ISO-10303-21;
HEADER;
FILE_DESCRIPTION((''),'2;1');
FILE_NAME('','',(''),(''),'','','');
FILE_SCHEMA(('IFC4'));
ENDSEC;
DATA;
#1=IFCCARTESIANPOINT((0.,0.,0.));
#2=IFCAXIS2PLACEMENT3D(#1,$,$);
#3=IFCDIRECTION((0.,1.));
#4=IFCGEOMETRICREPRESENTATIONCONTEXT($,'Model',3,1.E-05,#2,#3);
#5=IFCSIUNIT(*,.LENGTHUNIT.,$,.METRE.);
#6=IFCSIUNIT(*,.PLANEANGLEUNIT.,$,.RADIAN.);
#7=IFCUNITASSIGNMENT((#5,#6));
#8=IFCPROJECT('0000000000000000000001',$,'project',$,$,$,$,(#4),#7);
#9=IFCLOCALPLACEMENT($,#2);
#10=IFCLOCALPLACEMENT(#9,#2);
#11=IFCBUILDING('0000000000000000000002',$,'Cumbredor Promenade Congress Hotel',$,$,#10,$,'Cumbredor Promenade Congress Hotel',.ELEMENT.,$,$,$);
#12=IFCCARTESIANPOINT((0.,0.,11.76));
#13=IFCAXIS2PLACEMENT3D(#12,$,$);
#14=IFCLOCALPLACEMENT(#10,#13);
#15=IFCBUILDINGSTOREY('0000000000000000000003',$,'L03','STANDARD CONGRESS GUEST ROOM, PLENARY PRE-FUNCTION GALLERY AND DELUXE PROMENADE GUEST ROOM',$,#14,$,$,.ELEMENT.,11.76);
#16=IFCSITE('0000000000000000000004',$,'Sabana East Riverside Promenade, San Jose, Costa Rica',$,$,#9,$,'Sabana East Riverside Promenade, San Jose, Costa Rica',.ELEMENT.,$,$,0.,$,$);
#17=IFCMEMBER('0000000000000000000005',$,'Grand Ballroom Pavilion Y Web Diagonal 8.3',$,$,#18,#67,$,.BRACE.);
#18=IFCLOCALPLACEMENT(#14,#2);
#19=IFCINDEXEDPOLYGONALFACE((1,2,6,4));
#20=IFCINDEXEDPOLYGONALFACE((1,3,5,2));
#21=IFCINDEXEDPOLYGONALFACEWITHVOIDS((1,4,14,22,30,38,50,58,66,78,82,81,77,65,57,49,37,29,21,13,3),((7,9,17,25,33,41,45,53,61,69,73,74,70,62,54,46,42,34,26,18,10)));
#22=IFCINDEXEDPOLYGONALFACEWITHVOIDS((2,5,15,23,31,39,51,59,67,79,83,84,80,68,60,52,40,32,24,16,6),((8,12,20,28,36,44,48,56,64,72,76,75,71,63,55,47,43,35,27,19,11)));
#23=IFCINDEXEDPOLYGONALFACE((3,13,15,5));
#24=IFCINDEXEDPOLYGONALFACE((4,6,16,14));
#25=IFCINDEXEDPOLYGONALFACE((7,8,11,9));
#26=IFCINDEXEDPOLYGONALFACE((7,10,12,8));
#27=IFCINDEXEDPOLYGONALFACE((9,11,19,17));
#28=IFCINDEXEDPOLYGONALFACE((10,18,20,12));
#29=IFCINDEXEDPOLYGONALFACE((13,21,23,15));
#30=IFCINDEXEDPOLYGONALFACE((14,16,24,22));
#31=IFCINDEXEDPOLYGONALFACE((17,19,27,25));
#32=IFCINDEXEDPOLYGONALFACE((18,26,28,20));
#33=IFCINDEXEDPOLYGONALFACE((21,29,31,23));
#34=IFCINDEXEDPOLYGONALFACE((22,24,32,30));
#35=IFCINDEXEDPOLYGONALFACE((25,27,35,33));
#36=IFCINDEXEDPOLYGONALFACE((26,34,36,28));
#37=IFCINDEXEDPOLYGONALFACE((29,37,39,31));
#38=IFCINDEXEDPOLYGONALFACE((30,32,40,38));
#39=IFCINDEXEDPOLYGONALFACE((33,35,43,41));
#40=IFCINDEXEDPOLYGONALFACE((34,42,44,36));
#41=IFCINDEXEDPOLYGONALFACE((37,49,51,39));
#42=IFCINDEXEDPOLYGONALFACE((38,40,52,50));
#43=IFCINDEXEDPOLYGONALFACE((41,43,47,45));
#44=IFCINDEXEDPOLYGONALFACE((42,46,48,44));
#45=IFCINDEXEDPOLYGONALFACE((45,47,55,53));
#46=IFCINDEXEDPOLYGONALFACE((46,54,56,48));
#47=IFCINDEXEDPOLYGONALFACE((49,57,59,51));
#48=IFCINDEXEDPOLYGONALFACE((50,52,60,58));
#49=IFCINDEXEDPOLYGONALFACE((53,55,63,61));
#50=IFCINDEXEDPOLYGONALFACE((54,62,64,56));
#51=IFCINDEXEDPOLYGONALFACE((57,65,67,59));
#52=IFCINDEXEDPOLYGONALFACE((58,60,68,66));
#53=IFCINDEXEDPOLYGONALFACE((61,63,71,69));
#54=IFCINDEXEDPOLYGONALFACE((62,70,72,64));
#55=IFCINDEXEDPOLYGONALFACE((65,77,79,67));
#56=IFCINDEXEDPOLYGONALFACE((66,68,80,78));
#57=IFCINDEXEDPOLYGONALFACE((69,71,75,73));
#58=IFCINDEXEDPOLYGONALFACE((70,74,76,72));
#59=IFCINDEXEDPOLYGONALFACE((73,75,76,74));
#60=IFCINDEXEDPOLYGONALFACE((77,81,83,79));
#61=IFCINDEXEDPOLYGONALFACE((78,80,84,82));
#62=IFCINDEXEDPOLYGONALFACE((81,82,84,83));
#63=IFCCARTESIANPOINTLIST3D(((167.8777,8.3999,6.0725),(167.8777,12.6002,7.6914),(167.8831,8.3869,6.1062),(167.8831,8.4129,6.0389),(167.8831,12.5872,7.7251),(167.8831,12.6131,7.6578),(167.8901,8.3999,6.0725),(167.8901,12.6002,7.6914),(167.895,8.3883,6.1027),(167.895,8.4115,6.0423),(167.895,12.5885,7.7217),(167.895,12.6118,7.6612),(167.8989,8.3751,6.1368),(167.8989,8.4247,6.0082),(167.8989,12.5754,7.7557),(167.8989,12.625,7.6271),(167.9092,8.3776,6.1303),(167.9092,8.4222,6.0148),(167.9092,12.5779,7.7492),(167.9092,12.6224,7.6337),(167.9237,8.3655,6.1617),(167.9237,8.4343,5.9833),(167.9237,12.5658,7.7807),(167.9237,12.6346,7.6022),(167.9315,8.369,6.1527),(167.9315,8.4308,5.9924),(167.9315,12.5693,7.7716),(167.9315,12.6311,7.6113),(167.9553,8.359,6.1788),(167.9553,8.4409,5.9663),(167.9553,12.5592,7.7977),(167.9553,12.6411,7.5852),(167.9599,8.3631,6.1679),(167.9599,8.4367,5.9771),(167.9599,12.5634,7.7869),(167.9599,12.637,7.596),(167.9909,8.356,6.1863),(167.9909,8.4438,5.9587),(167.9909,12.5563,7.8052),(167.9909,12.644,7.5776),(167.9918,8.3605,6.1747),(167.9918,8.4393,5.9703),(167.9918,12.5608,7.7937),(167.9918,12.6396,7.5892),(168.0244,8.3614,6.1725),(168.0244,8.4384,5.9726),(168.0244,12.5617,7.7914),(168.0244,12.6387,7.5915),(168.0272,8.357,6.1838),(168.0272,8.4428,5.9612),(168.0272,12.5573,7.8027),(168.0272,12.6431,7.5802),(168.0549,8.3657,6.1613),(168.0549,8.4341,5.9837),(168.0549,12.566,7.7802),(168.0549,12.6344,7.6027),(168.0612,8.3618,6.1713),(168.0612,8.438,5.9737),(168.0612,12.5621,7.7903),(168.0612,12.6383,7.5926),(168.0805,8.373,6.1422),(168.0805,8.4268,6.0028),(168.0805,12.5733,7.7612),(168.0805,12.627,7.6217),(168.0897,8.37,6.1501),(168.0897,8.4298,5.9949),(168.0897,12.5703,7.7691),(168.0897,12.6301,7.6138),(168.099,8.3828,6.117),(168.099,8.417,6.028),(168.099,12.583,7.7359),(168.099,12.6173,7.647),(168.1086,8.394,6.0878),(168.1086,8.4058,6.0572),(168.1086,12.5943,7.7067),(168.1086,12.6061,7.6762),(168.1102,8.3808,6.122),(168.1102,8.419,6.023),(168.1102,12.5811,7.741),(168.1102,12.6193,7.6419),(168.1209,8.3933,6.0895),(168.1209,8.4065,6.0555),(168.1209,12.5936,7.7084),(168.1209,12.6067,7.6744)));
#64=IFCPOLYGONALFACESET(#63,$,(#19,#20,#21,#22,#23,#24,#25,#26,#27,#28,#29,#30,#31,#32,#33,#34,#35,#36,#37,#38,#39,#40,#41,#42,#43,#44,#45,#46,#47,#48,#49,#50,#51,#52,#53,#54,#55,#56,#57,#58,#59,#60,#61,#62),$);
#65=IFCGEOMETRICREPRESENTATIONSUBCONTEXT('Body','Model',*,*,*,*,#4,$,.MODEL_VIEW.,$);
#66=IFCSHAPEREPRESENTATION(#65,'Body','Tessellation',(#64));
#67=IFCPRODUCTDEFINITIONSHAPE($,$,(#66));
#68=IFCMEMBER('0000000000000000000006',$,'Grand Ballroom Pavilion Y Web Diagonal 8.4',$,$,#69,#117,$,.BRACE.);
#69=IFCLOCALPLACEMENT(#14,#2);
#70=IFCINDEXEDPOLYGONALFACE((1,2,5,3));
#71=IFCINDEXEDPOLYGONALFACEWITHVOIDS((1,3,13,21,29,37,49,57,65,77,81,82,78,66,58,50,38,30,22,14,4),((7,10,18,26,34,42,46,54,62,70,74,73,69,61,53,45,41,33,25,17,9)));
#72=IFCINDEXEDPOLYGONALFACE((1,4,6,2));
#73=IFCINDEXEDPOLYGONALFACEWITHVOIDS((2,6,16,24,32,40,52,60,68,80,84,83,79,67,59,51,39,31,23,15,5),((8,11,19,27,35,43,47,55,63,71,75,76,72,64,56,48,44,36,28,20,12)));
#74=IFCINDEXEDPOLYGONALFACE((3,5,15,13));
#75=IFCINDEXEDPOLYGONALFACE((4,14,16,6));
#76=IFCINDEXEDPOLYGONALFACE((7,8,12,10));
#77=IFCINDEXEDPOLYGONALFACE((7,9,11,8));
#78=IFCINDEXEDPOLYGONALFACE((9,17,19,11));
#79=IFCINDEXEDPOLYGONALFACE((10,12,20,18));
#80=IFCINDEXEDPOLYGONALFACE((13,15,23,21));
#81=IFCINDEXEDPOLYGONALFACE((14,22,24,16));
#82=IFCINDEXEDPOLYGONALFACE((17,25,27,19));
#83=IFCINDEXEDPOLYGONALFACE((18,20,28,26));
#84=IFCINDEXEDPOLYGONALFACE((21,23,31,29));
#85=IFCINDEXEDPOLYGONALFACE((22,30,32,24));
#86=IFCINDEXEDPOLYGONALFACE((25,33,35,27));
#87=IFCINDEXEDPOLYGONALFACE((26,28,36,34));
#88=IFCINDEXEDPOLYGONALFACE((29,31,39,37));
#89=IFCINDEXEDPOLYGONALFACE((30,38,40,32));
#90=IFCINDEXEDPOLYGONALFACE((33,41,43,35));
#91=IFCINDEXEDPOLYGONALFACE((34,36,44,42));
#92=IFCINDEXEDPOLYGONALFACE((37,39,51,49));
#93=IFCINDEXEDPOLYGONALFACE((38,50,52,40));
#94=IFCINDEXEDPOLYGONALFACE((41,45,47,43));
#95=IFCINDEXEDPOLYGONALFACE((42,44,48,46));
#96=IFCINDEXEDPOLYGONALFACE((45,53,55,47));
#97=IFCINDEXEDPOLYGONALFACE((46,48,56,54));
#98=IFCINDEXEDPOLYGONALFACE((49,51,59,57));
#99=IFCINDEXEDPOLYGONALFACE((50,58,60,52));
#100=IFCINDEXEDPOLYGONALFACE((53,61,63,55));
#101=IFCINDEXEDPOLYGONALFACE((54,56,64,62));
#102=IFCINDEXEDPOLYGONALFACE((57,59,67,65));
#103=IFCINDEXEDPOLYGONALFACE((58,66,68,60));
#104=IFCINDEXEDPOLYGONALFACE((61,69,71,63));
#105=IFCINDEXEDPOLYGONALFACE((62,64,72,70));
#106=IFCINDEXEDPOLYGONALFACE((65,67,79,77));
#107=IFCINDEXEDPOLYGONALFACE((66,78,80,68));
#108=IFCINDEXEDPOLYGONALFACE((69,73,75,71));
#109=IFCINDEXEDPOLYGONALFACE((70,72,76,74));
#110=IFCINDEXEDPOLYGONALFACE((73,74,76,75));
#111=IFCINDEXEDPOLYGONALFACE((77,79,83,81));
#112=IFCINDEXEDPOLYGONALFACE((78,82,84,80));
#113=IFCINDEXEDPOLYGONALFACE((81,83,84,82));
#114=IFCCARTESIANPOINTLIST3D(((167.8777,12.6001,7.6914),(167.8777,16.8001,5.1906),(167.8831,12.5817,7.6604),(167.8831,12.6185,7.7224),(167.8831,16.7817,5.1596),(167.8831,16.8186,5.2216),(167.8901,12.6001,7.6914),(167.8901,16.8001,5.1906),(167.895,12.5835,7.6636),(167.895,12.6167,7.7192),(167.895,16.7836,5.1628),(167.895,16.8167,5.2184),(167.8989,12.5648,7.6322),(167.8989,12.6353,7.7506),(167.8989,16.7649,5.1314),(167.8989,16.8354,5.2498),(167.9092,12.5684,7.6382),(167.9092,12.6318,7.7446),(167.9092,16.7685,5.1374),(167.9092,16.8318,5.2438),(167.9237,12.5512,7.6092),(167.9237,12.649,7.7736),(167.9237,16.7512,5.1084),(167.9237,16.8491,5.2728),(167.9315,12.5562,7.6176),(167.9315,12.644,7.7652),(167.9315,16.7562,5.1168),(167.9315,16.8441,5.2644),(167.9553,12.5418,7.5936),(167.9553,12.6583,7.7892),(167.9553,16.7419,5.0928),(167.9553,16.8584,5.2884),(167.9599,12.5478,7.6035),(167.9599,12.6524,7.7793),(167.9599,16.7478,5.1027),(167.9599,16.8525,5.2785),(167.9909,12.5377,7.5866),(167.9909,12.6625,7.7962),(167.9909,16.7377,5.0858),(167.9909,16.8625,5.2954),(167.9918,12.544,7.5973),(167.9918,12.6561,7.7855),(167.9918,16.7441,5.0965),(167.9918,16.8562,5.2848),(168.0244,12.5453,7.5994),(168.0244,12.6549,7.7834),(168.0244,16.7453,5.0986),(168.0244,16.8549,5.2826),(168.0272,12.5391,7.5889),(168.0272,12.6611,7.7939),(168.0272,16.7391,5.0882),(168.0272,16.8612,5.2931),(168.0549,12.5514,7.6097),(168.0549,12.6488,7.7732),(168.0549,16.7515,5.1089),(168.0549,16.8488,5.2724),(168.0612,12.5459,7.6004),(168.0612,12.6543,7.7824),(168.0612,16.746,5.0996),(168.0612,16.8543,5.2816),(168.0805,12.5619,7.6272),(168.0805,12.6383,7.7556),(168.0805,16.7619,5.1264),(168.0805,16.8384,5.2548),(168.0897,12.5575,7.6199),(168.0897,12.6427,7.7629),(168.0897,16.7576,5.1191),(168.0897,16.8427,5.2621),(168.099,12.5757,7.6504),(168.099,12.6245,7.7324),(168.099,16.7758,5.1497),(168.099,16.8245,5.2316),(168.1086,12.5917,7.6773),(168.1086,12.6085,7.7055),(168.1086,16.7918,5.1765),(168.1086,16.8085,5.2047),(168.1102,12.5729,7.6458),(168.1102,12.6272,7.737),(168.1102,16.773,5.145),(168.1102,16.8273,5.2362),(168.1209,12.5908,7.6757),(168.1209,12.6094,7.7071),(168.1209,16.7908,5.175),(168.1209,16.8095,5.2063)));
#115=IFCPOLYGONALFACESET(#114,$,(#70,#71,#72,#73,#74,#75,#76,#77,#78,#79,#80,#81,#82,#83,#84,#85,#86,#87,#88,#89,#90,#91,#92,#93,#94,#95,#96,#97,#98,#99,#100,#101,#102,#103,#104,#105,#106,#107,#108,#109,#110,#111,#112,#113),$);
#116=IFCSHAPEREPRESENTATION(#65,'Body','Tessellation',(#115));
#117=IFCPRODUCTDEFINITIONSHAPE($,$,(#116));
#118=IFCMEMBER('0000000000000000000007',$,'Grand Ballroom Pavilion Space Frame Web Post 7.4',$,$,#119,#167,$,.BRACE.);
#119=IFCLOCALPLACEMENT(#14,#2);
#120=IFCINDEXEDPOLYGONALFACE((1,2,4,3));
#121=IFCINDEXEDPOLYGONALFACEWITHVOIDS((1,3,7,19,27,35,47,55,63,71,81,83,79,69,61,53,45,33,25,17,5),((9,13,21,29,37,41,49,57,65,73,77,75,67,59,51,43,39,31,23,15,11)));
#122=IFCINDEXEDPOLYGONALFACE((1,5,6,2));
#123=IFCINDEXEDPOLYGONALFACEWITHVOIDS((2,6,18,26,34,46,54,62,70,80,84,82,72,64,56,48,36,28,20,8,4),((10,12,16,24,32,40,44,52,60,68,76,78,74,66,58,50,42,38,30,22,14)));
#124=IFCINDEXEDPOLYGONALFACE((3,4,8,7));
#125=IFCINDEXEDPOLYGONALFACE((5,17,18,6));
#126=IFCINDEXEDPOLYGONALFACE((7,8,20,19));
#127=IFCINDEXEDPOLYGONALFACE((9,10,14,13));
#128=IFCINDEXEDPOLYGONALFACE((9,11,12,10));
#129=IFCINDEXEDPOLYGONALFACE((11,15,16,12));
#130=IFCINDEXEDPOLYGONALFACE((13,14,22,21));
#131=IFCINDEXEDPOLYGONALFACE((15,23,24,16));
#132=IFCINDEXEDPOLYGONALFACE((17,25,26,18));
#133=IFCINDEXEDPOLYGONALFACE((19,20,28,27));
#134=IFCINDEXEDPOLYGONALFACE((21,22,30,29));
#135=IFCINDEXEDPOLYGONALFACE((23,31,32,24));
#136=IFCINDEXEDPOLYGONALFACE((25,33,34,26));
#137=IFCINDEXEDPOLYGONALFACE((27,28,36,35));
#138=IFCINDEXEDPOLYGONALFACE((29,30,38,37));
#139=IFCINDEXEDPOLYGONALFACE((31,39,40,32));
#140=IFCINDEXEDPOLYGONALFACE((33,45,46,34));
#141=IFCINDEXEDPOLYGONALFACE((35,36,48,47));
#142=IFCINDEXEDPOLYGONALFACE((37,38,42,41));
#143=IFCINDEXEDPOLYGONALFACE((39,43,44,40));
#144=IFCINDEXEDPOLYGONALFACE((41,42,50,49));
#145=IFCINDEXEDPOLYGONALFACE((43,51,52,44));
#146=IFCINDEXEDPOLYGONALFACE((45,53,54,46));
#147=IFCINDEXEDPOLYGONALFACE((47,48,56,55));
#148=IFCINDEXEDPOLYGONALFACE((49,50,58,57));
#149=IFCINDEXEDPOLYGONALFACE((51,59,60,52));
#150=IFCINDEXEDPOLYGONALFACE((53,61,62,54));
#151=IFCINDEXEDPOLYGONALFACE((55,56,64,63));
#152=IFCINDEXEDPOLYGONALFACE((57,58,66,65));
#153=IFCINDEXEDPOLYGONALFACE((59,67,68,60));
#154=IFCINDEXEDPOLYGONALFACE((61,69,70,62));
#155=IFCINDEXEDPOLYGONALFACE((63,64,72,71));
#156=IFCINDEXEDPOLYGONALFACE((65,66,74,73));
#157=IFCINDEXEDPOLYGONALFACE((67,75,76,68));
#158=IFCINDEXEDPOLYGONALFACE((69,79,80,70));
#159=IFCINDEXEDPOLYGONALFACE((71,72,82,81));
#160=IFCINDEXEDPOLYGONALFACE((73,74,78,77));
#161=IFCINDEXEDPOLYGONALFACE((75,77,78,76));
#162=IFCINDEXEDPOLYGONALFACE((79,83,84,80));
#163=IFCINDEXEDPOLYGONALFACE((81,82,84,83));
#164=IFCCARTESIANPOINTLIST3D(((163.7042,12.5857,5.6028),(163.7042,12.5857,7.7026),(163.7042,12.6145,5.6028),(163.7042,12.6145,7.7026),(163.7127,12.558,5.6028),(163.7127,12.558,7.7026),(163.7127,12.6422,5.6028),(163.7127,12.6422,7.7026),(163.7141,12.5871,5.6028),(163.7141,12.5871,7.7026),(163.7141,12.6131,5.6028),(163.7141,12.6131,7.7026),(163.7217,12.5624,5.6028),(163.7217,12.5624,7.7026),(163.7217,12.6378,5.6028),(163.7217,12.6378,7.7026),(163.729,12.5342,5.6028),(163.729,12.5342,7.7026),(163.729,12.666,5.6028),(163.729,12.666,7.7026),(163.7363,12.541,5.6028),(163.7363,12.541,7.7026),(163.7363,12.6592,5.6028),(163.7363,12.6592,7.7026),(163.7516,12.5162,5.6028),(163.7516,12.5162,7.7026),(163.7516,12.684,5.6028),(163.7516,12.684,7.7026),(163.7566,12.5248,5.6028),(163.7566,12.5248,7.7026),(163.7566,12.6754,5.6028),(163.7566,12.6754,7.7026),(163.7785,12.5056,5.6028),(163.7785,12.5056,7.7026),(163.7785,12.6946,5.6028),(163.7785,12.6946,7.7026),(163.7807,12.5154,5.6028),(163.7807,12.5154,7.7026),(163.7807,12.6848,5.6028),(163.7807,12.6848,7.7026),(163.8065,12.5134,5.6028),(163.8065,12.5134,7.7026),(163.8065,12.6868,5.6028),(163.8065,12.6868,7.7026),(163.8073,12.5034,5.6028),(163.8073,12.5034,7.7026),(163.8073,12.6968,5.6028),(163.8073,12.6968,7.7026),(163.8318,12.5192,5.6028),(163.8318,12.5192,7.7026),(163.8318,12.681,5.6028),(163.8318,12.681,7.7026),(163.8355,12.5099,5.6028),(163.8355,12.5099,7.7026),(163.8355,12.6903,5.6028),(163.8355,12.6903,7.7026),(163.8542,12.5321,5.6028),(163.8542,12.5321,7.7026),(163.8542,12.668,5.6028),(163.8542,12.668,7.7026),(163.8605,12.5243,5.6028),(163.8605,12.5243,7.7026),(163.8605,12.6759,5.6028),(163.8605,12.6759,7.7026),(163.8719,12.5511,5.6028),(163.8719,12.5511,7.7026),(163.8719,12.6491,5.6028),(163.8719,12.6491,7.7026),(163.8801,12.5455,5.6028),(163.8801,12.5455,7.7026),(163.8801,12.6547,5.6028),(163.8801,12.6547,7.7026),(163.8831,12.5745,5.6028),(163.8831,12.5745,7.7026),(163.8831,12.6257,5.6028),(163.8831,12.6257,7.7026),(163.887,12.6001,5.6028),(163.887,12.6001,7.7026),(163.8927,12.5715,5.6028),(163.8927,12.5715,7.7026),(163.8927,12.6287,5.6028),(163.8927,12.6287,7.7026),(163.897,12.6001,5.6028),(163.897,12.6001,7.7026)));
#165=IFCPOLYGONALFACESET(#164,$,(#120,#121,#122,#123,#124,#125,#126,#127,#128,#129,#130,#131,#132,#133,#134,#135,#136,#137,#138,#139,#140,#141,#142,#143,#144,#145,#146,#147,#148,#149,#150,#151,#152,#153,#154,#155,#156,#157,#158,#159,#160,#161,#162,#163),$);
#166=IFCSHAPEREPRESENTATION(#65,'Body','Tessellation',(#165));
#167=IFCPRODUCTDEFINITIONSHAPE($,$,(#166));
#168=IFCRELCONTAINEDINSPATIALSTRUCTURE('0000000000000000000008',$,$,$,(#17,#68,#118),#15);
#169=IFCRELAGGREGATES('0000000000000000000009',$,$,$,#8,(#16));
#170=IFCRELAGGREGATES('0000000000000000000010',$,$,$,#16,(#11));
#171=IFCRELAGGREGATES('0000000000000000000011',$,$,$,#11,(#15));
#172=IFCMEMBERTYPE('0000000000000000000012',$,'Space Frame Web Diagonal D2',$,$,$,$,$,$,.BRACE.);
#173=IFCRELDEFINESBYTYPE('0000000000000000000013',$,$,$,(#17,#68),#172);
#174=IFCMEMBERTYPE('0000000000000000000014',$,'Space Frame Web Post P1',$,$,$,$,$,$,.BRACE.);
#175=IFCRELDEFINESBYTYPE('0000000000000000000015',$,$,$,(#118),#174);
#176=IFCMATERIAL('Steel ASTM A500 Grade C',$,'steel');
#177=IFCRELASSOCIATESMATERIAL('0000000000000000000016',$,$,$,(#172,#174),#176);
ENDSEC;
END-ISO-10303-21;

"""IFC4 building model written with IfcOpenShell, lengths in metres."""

from ifc_helpers import new_model, si_unit, direction, frame, origin, origin_2d, place, context, subcontext, project, spatial, hollow_circle, extrude, material, material_profile, profile_set, type_object, element, save


model = new_model("IFC4")

# Units and contexts
model_context = context("Model", 3, precision=1e-05, world=origin(), true_north=direction((0.0, 1.0)))
body_context = subcontext(model_context, "Body", "Model", "MODEL_VIEW")
ifc_project = project(units=[si_unit("LENGTHUNIT", "METRE"), si_unit("PLANEANGLEUNIT", "RADIAN")], contexts=[model_context])

# Site, building, storey
site_placement = place(None, origin())
site = spatial("IfcSite", under=ifc_project, at=site_placement, Name="Sabana East Riverside Promenade, San Jose, Costa Rica", LongName="Sabana East Riverside Promenade, San Jose, Costa Rica", CompositionType="ELEMENT", RefElevation=0.0)
building_placement = place(site_placement, origin())
building = spatial("IfcBuilding", under=site, at=building_placement, Name="Cumbredor Promenade Congress Hotel", LongName="Cumbredor Promenade Congress Hotel", CompositionType="ELEMENT")
storey_placement = place(building_placement, frame((0.0, 0.0, 11.76)))
storey = spatial("IfcBuildingStorey", under=building, at=storey_placement, Name="L03", Description="STANDARD CONGRESS GUEST ROOM, PLENARY PRE-FUNCTION GALLERY AND DELUXE PROMENADE GUEST ROOM", CompositionType="ELEMENT", Elevation=11.76)

# Shared definitions
ifc_material_1 = material(Name="Steel ASTM A500 Grade C", Category="steel")

# Members
ifc_material_profile_1 = material_profile(ifc_material_1, hollow_circle(Radius=0.1223, WallThickness=0.0125, at=origin_2d()), Name="CHS 244.5x12.5")
ifc_profile_set_1 = profile_set([ifc_material_profile_1], Name="Steel ASTM A500 Grade C")
member_type_1 = type_object("IfcMemberType", Name="Space Frame Web Diagonal D2", PredefinedType="BRACE", material=ifc_profile_set_1)
member_1_placement = place(storey_placement, frame((168.0, 8.3999, 6.0725), z_axis=(0.0, 0.93309, 0.359644), x_axis=(-1.0, 0.0, 0.0)))
element("IfcMember", 1, at=member_1_placement, inside=storey, type_object=member_type_1, Name="Grand Ballroom Pavilion Y Web Diagonal 8.3", PredefinedType="BRACE", context=body_context, shape_type="SweptSolid", body=[
    extrude(hollow_circle(Radius=0.1223, WallThickness=0.0125, at=origin_2d()), origin(), (0.0, 0.0, 1.0), 4.5015),
])
member_2_placement = place(storey_placement, frame((168.0, 12.6001, 7.6914), z_axis=(0.0, 0.859224, -0.511599), x_axis=(-1.0, 0.0, 0.0)))
element("IfcMember", 2, at=member_2_placement, inside=storey, type_object=member_type_1, Name="Grand Ballroom Pavilion Y Web Diagonal 8.4", PredefinedType="BRACE", context=body_context, shape_type="SweptSolid", body=[
    extrude(hollow_circle(Radius=0.1223, WallThickness=0.0125, at=origin_2d()), origin(), (0.0, 0.0, 1.0), 4.8882),
])
ifc_material_profile_2 = material_profile(ifc_material_1, hollow_circle(Radius=0.0969, WallThickness=0.01, at=origin_2d()), Name="CHS 193.7x10")
ifc_profile_set_2 = profile_set([ifc_material_profile_2], Name="Steel ASTM A500 Grade C")
member_type_2 = type_object("IfcMemberType", Name="Space Frame Web Post P1", PredefinedType="BRACE", material=ifc_profile_set_2)
for number, where, z_axis, x_axis, name in (
    (3, (163.8, 12.6001, 5.6028), (0.0, 0.0, 1.0), (1.0, 0.0, 0.0), "Grand Ballroom Pavilion Space Frame Web Post 7.4"),
):
    element("IfcMember", number, at=place(storey_placement, frame(where, z_axis=z_axis, x_axis=x_axis)), inside=storey, type_object=member_type_2, Name=name, PredefinedType="BRACE", context=body_context, shape_type="SweptSolid", body=[
        extrude(hollow_circle(Radius=0.0969, WallThickness=0.01, at=origin_2d()), origin(), (0.0, 0.0, 1.0), 2.0999),
    ])

save(model, "model.ifc")
